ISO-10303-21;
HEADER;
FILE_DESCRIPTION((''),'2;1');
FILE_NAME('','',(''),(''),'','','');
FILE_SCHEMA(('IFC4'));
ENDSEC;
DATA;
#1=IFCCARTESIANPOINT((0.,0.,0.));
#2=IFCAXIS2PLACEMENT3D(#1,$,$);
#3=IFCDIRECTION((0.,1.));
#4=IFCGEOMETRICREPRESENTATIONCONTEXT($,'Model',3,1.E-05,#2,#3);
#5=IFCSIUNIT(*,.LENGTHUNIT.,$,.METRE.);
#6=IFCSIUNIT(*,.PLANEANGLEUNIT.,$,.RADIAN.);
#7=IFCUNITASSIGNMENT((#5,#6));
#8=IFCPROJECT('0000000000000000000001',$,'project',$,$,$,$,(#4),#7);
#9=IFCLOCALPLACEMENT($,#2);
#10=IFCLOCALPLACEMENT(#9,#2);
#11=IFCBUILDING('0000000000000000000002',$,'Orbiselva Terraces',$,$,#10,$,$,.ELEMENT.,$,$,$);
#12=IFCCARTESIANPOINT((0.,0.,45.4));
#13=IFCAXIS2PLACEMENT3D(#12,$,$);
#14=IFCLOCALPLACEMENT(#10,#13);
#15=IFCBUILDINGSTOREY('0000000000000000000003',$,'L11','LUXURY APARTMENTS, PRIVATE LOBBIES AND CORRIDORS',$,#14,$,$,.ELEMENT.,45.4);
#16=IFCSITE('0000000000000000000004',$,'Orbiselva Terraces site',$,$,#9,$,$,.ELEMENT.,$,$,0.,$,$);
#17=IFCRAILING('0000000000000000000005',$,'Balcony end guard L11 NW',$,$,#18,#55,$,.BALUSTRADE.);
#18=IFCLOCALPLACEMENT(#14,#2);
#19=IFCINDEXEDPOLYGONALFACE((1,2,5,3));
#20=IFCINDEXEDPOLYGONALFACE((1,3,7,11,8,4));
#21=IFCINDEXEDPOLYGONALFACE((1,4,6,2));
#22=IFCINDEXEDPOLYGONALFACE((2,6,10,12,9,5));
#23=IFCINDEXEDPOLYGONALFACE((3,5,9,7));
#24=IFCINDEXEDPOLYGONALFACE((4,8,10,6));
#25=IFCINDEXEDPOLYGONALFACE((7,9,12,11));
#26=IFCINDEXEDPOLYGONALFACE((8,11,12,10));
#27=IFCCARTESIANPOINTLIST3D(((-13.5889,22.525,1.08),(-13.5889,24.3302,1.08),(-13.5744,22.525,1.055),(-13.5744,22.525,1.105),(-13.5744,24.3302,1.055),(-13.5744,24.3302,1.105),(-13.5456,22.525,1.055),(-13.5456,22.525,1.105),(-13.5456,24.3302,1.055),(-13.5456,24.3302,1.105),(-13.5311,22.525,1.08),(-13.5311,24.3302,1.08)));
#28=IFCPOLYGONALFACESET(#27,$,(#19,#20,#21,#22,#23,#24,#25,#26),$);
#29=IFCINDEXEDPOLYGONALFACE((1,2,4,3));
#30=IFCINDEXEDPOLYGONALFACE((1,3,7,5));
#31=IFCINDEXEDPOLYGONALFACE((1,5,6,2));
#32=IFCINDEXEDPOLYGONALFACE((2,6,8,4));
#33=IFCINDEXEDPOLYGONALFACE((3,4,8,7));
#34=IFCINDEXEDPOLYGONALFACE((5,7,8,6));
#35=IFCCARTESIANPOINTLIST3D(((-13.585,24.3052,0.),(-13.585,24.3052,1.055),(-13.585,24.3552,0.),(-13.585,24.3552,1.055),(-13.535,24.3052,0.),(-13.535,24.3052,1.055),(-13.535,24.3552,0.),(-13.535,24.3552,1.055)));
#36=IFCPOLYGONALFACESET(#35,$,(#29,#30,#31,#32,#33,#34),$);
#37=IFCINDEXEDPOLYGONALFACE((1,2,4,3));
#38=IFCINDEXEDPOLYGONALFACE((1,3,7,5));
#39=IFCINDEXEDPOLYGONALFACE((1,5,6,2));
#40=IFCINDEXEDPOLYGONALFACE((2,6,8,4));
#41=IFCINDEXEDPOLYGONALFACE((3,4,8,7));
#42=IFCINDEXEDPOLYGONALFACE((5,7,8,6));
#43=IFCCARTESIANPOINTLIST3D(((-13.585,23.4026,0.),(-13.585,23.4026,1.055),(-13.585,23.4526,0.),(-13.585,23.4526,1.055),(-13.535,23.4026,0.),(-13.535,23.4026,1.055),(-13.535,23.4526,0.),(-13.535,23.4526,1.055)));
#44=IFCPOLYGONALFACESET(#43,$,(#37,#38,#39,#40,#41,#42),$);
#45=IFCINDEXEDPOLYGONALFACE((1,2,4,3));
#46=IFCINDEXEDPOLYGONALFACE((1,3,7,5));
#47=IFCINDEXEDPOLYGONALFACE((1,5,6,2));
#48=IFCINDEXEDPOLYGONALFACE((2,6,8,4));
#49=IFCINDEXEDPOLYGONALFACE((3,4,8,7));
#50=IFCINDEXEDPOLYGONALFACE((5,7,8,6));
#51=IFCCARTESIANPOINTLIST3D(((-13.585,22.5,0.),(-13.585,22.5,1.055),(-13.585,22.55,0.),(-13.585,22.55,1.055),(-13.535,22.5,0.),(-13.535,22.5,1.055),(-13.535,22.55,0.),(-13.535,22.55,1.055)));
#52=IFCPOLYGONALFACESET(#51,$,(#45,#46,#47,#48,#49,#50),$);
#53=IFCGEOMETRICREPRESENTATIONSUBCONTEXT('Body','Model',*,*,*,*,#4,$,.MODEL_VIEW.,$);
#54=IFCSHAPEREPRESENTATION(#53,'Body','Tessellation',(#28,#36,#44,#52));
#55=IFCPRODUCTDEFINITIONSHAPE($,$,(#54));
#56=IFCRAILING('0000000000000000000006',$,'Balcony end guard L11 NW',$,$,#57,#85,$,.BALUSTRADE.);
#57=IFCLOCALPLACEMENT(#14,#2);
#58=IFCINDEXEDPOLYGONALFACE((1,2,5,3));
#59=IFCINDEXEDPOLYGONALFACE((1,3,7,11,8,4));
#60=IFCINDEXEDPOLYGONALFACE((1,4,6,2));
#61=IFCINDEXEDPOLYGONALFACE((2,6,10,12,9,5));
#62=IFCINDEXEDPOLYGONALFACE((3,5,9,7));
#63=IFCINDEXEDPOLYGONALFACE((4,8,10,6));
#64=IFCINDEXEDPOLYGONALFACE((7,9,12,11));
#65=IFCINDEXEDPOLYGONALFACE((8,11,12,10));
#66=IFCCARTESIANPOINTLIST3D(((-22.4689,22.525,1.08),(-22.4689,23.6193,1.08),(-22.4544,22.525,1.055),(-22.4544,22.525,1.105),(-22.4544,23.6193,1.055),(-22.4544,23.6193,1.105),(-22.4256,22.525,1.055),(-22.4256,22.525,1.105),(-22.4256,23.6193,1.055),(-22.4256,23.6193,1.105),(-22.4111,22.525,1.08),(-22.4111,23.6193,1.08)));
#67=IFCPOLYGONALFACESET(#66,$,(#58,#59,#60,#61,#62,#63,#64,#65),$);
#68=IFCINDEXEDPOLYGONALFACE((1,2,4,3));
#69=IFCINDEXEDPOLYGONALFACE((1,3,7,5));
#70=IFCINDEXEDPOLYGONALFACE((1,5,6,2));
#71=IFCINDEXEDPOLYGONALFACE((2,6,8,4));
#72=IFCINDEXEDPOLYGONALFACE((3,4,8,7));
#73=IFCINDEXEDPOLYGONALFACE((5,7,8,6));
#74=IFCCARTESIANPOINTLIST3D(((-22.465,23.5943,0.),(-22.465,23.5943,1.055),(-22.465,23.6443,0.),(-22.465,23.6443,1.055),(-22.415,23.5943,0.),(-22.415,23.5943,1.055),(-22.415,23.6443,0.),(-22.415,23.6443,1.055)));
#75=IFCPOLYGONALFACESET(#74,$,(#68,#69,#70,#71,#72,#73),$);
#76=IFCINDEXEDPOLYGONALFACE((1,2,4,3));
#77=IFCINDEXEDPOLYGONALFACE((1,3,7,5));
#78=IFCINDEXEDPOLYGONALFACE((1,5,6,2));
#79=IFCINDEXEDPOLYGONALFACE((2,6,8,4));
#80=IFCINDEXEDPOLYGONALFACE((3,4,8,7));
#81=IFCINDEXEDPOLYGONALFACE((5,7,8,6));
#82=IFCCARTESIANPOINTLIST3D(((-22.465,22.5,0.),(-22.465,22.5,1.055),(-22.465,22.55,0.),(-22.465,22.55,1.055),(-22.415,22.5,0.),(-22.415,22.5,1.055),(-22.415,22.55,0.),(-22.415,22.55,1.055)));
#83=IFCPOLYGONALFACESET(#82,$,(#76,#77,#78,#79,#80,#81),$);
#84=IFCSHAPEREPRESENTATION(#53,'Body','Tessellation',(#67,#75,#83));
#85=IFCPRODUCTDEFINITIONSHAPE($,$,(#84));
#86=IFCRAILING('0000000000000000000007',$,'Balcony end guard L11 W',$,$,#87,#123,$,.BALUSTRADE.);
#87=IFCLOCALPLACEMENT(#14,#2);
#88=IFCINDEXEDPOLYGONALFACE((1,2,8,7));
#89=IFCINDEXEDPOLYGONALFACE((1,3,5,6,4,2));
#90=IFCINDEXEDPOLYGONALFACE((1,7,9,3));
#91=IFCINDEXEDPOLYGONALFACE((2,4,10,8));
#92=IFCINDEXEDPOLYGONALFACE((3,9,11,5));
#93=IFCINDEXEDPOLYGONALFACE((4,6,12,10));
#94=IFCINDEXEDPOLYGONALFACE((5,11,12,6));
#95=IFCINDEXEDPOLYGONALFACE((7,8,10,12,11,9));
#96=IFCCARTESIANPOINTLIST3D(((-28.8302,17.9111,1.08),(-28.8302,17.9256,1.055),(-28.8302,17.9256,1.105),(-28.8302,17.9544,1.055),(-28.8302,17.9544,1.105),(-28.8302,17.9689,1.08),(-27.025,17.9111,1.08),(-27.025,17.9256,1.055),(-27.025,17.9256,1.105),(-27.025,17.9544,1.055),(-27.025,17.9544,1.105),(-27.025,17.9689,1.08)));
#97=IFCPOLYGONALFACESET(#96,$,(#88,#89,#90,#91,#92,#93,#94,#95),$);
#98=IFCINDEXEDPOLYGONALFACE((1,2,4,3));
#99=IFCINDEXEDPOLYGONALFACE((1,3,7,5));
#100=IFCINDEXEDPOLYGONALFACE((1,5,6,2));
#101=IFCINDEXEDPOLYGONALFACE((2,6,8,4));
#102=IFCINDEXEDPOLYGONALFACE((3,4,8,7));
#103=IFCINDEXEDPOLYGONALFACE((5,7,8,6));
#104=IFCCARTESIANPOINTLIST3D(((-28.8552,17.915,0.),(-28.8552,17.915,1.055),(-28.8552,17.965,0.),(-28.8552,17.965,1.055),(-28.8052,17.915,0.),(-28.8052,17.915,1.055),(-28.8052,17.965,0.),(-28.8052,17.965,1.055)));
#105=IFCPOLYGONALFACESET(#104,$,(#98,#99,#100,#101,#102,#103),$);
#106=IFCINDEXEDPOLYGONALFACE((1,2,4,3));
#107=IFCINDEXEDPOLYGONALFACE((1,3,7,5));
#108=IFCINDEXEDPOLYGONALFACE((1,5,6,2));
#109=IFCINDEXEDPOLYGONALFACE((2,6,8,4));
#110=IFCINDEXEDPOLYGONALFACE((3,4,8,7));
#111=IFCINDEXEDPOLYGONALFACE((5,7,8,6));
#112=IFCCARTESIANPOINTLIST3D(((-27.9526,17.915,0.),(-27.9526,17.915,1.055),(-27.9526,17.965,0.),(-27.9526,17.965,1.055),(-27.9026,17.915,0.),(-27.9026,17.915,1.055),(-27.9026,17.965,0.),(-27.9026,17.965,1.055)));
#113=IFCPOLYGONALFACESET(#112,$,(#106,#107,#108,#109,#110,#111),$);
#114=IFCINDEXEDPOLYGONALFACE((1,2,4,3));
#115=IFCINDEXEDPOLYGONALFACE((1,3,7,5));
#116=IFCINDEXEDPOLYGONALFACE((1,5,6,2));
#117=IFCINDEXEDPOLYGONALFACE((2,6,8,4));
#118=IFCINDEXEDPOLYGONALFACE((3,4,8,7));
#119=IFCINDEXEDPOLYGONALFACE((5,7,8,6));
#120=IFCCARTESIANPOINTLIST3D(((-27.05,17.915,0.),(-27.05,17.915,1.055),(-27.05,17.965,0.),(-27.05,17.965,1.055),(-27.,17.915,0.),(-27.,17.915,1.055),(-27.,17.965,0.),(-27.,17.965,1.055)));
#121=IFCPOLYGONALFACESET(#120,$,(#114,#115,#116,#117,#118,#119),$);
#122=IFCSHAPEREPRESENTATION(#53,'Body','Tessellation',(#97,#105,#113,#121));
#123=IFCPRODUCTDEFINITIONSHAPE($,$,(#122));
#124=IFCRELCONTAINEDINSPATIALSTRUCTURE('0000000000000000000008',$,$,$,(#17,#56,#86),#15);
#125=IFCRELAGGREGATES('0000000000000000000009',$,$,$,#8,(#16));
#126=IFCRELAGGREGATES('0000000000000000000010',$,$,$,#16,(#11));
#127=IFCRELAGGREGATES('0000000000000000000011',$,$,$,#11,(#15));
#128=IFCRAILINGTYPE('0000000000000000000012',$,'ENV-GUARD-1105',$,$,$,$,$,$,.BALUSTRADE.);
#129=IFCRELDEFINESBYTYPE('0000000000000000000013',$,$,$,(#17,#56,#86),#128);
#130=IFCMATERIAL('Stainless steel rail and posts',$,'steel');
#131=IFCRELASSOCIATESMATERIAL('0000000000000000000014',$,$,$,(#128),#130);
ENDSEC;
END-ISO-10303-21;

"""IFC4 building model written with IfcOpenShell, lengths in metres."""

from ifc_helpers import new_model, si_unit, direction, frame, origin, origin_2d, place, context, subcontext, project, spatial, polyline, rectangle, outline, extrude, material, type_object, element, save


model = new_model("IFC4")

# Units and contexts
model_context = context("Model", 3, precision=1e-05, world=origin(), true_north=direction((0.0, 1.0)))
body_context = subcontext(model_context, "Body", "Model", "MODEL_VIEW")
ifc_project = project(units=[si_unit("LENGTHUNIT", "METRE"), si_unit("PLANEANGLEUNIT", "RADIAN")], contexts=[model_context])

# Site, building, storey
site_placement = place(None, origin())
site = spatial("IfcSite", under=ifc_project, at=site_placement, Name="Orbiselva Terraces site", CompositionType="ELEMENT", RefElevation=0.0)
building_placement = place(site_placement, origin())
building = spatial("IfcBuilding", under=site, at=building_placement, Name="Orbiselva Terraces", CompositionType="ELEMENT")
storey_placement = place(building_placement, frame((0.0, 0.0, 45.4)))
storey = spatial("IfcBuildingStorey", under=building, at=storey_placement, Name="L11", Description="LUXURY APARTMENTS, PRIVATE LOBBIES AND CORRIDORS", CompositionType="ELEMENT", Elevation=45.4)

# Railings
ifc_material_1 = material(Name="Stainless steel rail and posts", Category="steel")
railing_type_1 = type_object("IfcRailingType", Name="ENV-GUARD-1105", PredefinedType="BALUSTRADE", material=ifc_material_1)
railing_1_placement = place(storey_placement, frame((-13.56, 24.3302, 0.0)))
element("IfcRailing", 1, at=railing_1_placement, inside=storey, type_object=railing_type_1, Name="Balcony end guard L11 NW", PredefinedType="BALUSTRADE", context=body_context, shape_type="SweptSolid", body=[
    extrude(outline(polyline([(0.0289, 0.0), (0.0144, 0.025), (-0.0144, 0.025), (-0.0289, 0.0), (-0.0144, -0.025), (0.0144, -0.025), (0.0289, 0.0)])), frame((0.0, 0.0, 1.08), z_axis=(0.0, -1.0, 0.0), x_axis=(1.0, 0.0, 0.0)), (0.0, 0.0, 1.0), 1.8052),
    extrude(rectangle(XDim=0.05, YDim=0.05, at=origin_2d()), origin(), (0.0, 0.0, 1.0), 1.055),
    extrude(rectangle(XDim=0.05, YDim=0.05, at=origin_2d()), frame((0.0, -0.9026, 0.0)), (0.0, 0.0, 1.0), 1.055),
    extrude(rectangle(XDim=0.05, YDim=0.05, at=origin_2d()), frame((0.0, -1.8052, 0.0)), (0.0, 0.0, 1.0), 1.055),
])
railing_2_placement = place(storey_placement, frame((-22.44, 23.6193, 0.0)))
element("IfcRailing", 2, at=railing_2_placement, inside=storey, type_object=railing_type_1, Name="Balcony end guard L11 NW", PredefinedType="BALUSTRADE", context=body_context, shape_type="SweptSolid", body=[
    extrude(outline(polyline([(0.0289, 0.0), (0.0144, 0.025), (-0.0144, 0.025), (-0.0289, 0.0), (-0.0144, -0.025), (0.0144, -0.025), (0.0289, 0.0)])), frame((0.0, 0.0, 1.08), z_axis=(0.0, -1.0, 0.0), x_axis=(1.0, 0.0, 0.0)), (0.0, 0.0, 1.0), 1.0943),
    extrude(rectangle(XDim=0.05, YDim=0.05, at=origin_2d()), origin(), (0.0, 0.0, 1.0), 1.055),
    extrude(rectangle(XDim=0.05, YDim=0.05, at=origin_2d()), frame((0.0, -1.0943, 0.0)), (0.0, 0.0, 1.0), 1.055),
])
railing_3_placement = place(storey_placement, frame((-28.8302, 17.94, 0.0)))
element("IfcRailing", 3, at=railing_3_placement, inside=storey, type_object=railing_type_1, Name="Balcony end guard L11 W", PredefinedType="BALUSTRADE", context=body_context, shape_type="SweptSolid", body=[
    extrude(outline(polyline([(0.0289, 0.0), (0.0144, 0.025), (-0.0144, 0.025), (-0.0289, 0.0), (-0.0144, -0.025), (0.0144, -0.025), (0.0289, 0.0)])), frame((0.0, 0.0, 1.08), z_axis=(1.0, 0.0, 0.0), x_axis=(0.0, 1.0, 0.0)), (0.0, 0.0, 1.0), 1.8052),
    extrude(rectangle(XDim=0.05, YDim=0.05, at=origin_2d()), origin(), (0.0, 0.0, 1.0), 1.055),
    extrude(rectangle(XDim=0.05, YDim=0.05, at=origin_2d()), frame((0.9026, 0.0, 0.0)), (0.0, 0.0, 1.0), 1.055),
    extrude(rectangle(XDim=0.05, YDim=0.05, at=origin_2d()), frame((1.8052, 0.0, 0.0)), (0.0, 0.0, 1.0), 1.055),
])

save(model, "model.ifc")
